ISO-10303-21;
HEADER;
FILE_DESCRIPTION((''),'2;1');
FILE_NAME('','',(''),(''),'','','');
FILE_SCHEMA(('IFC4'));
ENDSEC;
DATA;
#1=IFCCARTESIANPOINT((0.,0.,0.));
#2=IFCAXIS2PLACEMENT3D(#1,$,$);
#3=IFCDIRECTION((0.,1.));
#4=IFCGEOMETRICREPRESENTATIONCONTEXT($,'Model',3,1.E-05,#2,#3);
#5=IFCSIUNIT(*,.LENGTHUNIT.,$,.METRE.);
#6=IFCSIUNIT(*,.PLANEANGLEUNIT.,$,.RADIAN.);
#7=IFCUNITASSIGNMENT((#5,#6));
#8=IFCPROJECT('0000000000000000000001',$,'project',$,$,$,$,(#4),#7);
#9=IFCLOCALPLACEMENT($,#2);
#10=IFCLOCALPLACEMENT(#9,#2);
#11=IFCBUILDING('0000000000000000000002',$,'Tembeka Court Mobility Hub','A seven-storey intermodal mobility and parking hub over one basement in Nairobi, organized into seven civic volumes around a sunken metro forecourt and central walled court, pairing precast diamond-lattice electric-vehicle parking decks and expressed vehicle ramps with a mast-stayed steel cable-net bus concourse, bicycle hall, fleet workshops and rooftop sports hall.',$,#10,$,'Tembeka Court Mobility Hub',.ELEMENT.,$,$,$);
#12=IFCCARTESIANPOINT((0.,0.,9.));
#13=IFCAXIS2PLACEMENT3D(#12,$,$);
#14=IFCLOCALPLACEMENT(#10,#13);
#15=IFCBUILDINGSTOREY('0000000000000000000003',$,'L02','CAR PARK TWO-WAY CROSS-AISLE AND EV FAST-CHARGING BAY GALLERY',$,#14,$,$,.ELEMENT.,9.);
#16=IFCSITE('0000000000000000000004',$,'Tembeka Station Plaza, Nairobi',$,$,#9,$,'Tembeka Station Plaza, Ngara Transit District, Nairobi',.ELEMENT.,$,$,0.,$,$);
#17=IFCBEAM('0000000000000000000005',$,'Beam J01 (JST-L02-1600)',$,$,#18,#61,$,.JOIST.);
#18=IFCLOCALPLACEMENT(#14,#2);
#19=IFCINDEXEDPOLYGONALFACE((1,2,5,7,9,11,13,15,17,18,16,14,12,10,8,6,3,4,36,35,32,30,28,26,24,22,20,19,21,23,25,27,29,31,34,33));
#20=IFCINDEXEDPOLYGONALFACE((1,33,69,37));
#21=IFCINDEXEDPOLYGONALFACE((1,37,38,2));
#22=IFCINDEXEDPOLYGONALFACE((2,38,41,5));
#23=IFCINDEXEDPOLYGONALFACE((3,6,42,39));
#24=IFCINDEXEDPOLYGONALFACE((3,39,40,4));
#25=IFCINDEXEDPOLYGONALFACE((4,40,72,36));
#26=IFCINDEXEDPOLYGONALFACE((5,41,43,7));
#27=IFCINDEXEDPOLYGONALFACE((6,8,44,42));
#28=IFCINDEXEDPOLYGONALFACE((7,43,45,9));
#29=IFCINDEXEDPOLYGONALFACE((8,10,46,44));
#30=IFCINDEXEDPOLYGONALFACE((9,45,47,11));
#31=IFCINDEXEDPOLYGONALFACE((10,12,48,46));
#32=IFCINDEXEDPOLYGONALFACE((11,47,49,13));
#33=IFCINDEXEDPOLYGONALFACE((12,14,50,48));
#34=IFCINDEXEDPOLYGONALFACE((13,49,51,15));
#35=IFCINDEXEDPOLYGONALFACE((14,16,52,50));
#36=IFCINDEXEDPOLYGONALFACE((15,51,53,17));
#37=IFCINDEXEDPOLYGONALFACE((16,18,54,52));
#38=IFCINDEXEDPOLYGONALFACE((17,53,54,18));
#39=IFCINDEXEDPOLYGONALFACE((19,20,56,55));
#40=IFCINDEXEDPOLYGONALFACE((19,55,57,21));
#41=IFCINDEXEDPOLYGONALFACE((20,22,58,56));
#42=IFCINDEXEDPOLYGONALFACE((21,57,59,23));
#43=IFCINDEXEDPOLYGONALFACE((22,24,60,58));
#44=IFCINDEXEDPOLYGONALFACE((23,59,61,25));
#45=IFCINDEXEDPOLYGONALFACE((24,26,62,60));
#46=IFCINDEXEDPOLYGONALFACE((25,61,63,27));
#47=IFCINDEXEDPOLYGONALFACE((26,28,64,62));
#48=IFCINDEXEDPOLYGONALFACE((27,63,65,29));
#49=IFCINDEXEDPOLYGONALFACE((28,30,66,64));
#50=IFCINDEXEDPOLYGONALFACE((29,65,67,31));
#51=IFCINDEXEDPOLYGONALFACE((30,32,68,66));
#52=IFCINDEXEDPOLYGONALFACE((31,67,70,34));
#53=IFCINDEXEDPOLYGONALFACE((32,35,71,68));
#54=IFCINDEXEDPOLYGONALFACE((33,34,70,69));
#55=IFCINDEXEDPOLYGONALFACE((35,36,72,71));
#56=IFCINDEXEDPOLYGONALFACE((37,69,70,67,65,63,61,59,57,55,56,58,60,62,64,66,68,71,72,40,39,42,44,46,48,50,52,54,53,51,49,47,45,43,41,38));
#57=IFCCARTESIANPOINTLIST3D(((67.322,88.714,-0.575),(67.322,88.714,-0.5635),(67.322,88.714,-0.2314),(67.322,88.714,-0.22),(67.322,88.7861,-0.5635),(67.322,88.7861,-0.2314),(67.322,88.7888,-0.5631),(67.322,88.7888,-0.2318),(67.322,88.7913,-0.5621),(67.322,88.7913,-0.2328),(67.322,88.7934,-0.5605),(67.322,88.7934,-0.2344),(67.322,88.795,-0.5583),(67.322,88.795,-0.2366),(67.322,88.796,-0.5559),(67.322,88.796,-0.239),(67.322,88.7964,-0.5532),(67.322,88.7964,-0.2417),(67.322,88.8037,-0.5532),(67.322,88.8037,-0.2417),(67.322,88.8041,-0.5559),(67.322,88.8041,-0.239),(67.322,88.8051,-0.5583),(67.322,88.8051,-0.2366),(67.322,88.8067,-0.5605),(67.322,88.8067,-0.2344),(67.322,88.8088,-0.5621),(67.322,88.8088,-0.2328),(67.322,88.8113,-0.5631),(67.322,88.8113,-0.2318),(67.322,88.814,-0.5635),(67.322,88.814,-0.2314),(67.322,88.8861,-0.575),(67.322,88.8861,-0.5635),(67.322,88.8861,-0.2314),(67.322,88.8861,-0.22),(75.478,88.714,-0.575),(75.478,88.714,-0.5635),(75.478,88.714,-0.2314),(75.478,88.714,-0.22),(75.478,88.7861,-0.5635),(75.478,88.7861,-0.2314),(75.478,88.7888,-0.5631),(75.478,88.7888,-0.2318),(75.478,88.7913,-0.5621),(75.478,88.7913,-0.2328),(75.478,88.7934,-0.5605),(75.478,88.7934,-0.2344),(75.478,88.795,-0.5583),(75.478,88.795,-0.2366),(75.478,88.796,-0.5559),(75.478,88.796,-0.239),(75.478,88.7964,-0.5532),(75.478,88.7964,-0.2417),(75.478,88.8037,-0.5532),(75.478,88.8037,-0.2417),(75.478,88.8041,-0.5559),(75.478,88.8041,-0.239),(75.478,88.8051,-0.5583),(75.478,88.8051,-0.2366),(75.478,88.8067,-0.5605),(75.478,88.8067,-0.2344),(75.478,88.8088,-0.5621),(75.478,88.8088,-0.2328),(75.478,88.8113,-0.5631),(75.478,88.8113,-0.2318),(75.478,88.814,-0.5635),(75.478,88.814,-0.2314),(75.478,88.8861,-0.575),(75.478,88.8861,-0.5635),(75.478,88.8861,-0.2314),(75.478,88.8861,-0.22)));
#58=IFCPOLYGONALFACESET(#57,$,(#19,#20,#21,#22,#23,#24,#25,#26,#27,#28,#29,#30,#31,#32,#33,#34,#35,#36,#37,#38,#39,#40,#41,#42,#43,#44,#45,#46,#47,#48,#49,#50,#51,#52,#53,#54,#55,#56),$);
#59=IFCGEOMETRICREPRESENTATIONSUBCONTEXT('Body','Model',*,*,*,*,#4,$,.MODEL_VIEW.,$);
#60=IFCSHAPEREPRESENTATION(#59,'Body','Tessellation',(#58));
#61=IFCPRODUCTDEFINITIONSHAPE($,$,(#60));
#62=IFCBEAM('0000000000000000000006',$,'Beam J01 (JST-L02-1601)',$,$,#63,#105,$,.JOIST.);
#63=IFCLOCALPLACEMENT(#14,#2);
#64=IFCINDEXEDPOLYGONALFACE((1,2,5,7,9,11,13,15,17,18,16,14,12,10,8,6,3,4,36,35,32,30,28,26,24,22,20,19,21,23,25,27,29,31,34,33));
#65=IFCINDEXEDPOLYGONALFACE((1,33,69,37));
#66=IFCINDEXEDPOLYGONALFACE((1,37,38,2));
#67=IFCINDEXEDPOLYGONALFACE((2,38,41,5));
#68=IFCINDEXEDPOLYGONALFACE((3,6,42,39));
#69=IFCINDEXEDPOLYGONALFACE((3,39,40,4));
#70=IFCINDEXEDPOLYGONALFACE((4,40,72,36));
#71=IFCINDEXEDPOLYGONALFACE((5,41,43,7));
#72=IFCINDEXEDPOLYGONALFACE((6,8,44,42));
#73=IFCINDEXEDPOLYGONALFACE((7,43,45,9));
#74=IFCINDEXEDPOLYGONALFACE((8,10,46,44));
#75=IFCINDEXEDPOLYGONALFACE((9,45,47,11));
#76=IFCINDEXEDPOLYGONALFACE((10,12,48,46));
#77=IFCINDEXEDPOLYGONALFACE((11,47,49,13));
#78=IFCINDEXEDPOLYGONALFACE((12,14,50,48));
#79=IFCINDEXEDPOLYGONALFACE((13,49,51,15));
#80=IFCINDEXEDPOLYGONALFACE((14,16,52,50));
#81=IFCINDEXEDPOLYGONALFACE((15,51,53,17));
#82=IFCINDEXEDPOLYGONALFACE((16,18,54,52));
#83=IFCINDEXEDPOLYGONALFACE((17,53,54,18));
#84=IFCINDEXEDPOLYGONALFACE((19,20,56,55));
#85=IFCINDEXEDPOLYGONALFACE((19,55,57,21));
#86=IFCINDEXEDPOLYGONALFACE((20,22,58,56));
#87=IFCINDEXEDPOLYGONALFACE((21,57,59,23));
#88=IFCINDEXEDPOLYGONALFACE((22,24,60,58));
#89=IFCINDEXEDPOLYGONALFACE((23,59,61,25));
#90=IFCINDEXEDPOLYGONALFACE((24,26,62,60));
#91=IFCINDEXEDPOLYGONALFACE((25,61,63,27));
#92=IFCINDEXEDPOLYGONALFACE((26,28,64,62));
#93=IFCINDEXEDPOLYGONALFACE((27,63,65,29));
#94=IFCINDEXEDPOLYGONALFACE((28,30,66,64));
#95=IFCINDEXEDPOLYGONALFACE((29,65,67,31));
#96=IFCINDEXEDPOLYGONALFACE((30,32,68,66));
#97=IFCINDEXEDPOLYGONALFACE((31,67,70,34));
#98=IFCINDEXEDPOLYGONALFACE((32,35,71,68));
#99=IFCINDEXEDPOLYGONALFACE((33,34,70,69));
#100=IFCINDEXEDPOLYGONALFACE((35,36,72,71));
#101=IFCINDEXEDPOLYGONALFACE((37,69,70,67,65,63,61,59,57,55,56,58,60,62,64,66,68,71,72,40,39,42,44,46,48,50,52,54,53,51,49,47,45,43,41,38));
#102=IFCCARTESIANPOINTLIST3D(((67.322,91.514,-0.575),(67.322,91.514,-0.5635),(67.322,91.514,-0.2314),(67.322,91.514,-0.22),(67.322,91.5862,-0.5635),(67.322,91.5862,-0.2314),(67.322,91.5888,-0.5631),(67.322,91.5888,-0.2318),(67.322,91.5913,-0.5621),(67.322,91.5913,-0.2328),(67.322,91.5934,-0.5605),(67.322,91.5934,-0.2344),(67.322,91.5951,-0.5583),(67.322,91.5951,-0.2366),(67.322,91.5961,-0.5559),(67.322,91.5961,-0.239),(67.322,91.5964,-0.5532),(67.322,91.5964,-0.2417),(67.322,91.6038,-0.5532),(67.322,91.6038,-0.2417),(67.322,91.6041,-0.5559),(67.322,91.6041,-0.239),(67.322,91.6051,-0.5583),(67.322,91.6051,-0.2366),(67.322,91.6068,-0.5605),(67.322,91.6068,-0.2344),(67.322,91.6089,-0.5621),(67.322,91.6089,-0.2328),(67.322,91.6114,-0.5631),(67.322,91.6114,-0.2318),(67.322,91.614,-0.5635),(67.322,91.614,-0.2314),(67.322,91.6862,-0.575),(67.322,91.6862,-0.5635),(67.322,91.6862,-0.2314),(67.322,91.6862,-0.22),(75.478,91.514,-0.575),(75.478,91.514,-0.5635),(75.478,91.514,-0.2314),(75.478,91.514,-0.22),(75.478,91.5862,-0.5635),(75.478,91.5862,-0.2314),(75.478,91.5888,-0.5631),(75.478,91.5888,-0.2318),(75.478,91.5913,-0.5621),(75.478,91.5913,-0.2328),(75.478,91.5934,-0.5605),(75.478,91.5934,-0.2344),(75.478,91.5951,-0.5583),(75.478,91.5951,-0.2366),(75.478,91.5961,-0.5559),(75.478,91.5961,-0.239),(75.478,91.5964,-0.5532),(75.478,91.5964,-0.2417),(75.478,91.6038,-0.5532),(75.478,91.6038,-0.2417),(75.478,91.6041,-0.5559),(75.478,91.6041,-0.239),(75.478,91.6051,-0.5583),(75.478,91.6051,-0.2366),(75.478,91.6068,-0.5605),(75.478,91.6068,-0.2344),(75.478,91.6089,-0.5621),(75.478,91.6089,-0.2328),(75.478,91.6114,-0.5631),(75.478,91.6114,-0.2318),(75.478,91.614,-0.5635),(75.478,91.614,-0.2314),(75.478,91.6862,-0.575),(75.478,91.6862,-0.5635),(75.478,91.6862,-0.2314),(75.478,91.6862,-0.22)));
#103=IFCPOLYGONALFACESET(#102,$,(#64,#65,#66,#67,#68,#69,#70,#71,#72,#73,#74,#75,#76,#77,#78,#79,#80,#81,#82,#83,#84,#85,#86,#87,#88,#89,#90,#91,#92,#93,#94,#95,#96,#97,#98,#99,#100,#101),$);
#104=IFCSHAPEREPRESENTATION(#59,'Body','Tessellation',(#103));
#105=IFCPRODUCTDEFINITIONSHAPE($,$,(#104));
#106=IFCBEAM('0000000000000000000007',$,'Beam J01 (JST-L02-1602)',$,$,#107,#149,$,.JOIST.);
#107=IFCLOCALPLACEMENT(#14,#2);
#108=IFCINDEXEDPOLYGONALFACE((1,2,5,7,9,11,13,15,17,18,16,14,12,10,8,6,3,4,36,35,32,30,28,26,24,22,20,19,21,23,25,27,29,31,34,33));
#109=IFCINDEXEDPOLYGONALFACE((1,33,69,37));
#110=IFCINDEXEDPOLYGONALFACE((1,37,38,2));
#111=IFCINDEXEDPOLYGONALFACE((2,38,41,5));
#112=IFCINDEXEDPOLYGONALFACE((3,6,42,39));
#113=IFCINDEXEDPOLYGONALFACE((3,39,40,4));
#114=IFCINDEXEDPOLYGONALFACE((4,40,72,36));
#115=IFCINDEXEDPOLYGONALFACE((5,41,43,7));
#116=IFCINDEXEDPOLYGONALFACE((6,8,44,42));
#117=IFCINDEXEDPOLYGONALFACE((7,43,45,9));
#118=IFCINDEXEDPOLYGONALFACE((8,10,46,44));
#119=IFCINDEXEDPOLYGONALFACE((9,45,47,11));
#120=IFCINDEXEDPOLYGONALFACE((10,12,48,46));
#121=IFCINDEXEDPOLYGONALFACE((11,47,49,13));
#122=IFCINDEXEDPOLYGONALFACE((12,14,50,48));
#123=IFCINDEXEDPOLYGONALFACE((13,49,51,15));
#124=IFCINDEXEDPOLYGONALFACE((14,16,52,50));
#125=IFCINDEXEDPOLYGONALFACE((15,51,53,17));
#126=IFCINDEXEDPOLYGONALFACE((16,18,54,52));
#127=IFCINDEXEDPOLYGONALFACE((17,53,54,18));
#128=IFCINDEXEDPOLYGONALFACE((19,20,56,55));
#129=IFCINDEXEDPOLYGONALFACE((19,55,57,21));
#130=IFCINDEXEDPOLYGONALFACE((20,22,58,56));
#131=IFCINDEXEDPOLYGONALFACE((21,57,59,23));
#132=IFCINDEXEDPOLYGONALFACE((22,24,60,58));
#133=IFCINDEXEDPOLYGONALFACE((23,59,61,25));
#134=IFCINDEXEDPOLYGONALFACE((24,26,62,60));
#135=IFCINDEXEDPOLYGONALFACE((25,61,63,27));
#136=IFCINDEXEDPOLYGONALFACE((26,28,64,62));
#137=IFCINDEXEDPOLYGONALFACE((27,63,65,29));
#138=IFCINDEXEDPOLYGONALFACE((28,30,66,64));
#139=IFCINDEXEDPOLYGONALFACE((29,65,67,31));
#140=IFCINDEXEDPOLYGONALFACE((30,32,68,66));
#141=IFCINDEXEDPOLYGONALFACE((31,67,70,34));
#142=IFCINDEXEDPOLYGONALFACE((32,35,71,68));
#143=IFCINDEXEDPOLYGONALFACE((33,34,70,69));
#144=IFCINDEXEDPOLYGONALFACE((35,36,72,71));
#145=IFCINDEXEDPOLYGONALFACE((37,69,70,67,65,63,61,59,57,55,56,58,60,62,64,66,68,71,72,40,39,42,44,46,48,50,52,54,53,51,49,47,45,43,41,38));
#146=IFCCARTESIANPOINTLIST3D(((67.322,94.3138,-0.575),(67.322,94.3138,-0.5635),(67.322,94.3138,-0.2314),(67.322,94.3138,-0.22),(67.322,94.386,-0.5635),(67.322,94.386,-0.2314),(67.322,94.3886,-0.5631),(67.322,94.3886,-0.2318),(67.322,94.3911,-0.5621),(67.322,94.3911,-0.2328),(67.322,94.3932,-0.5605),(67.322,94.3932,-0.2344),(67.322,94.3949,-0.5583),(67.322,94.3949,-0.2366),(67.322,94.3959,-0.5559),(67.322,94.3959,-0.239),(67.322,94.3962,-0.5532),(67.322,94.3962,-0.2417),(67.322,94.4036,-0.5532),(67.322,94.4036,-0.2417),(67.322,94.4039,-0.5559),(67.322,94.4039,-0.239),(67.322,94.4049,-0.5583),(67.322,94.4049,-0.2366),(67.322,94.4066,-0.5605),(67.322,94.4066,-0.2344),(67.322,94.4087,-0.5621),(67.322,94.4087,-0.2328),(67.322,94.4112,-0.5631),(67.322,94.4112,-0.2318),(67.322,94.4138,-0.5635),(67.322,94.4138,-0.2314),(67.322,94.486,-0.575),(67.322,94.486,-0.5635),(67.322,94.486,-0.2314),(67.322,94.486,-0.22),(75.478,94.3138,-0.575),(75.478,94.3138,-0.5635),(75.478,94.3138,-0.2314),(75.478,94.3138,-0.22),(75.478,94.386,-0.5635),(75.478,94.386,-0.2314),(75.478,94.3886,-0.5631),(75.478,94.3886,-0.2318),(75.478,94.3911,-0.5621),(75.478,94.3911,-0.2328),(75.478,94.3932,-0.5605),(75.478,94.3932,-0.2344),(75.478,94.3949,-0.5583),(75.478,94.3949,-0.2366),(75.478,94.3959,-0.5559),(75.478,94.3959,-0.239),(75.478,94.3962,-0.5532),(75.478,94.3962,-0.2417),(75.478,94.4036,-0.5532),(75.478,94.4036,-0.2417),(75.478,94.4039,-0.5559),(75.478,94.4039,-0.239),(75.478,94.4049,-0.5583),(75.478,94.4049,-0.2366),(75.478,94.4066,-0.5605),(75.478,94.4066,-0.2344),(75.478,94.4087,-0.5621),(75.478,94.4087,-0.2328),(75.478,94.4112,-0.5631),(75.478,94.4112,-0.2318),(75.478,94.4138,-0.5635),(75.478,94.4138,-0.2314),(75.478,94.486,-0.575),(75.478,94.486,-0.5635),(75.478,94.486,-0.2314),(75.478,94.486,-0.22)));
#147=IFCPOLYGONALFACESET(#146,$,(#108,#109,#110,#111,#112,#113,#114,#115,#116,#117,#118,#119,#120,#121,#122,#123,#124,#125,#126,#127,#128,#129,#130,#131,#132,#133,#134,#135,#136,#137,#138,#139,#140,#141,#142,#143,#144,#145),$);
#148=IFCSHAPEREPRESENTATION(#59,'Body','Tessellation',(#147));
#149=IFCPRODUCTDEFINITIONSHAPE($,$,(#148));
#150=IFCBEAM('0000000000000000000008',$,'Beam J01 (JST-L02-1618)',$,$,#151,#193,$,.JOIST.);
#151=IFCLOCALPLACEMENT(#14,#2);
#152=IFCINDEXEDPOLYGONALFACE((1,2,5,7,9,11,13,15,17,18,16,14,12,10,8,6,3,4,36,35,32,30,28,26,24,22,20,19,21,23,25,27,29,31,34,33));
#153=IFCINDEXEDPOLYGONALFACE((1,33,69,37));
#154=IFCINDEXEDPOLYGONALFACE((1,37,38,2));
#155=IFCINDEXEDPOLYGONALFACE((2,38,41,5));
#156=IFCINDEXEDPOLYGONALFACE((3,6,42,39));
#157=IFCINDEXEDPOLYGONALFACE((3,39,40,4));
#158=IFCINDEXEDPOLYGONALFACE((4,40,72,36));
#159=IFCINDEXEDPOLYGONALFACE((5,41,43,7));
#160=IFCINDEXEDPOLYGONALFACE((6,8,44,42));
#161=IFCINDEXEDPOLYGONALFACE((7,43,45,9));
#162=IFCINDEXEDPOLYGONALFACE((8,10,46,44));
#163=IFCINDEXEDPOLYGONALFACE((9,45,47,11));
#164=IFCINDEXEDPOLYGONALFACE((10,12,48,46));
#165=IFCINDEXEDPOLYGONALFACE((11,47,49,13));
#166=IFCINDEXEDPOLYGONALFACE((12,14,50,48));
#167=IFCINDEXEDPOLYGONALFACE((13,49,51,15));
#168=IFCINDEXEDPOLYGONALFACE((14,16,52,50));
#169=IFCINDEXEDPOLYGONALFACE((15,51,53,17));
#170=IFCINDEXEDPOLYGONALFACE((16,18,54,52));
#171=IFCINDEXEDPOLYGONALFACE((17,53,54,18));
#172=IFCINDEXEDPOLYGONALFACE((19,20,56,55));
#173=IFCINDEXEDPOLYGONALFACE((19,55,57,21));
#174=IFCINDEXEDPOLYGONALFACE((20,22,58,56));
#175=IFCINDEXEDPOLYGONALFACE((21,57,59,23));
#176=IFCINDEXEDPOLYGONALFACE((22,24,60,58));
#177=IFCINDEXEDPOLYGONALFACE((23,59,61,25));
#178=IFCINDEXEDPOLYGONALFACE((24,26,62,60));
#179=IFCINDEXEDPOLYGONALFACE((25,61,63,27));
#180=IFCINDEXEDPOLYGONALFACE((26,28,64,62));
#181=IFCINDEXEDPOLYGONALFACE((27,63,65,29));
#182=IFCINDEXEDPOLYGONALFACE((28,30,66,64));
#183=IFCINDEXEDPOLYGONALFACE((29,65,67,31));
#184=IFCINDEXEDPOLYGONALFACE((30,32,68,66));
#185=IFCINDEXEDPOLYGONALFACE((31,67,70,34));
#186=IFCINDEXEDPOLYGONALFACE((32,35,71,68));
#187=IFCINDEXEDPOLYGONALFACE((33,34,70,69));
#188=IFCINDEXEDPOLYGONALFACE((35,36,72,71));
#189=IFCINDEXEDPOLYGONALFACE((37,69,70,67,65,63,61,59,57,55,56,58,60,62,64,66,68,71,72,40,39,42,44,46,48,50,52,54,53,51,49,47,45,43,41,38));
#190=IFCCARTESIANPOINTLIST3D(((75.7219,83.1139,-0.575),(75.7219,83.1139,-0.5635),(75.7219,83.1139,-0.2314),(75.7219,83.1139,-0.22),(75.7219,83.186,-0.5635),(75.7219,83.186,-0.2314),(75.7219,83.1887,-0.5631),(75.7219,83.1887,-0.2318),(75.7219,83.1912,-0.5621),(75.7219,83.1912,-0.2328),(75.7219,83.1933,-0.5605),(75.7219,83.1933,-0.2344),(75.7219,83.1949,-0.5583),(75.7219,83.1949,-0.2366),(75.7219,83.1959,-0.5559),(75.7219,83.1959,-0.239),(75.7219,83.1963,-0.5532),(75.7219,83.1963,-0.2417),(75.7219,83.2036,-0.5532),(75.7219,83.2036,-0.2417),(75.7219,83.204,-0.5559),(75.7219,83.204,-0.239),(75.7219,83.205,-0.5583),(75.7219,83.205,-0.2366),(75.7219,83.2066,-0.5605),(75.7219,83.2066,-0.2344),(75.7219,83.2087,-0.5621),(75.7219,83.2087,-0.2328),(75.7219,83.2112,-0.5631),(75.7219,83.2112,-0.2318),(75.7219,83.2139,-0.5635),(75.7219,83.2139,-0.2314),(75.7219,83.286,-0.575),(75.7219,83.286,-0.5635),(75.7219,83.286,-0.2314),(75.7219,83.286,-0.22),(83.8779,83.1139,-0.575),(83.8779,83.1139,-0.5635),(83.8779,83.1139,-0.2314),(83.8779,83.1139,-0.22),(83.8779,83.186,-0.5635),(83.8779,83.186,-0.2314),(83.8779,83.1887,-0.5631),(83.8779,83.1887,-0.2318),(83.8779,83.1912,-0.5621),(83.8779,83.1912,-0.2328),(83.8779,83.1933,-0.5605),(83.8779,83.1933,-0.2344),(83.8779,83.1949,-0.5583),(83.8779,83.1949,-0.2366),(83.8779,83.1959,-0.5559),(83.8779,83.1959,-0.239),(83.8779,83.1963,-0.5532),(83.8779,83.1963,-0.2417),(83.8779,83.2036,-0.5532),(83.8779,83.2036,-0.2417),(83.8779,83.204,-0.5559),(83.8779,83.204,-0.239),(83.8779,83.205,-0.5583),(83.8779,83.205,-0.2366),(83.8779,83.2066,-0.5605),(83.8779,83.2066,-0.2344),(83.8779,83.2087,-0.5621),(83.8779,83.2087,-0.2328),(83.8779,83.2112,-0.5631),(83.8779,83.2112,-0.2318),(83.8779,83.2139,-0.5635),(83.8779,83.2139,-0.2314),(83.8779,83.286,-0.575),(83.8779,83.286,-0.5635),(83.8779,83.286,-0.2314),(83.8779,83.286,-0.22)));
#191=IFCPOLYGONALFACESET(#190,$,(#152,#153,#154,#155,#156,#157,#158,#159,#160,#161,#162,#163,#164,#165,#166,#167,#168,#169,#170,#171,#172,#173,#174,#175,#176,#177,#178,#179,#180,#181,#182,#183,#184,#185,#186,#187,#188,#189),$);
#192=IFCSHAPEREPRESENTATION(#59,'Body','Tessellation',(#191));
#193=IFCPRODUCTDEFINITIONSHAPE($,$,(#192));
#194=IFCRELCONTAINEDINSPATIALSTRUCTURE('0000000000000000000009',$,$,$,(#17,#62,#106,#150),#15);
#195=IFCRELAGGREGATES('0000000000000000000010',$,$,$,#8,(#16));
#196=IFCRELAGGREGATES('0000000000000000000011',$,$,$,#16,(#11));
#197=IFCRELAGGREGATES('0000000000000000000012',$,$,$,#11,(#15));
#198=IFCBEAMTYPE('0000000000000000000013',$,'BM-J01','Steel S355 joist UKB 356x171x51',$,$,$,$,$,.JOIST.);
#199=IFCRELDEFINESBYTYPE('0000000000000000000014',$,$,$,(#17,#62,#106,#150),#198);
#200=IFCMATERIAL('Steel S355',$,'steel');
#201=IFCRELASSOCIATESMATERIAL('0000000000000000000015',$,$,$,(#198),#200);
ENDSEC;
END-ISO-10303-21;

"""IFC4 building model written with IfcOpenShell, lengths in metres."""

from ifc_helpers import new_model, si_unit, direction, frame, origin, origin_2d, place, context, subcontext, project, spatial, i_section, extrude, material, material_profile, profile_set, type_object, element, save


model = new_model("IFC4")

# Units and contexts
model_context = context("Model", 3, precision=1e-05, world=origin(), true_north=direction((0.0, 1.0)))
body_context = subcontext(model_context, "Body", "Model", "MODEL_VIEW")
ifc_project = project(units=[si_unit("LENGTHUNIT", "METRE"), si_unit("PLANEANGLEUNIT", "RADIAN")], contexts=[model_context])

# Site, building, storey
site_placement = place(None, origin())
site = spatial("IfcSite", under=ifc_project, at=site_placement, Name="Tembeka Station Plaza, Nairobi", LongName="Tembeka Station Plaza, Ngara Transit District, Nairobi", CompositionType="ELEMENT", RefElevation=0.0)
building_placement = place(site_placement, origin())
building = spatial("IfcBuilding", under=site, at=building_placement, Name="Tembeka Court Mobility Hub", Description="A seven-storey intermodal mobility and parking hub over one basement in Nairobi, organized into seven civic volumes around a sunken metro forecourt and central walled court, pairing precast diamond-lattice electric-vehicle parking decks and expressed vehicle ramps with a mast-stayed steel cable-net bus concourse, bicycle hall, fleet workshops and rooftop sports hall.", LongName="Tembeka Court Mobility Hub", CompositionType="ELEMENT")
storey_placement = place(building_placement, frame((0.0, 0.0, 9.0)))
storey = spatial("IfcBuildingStorey", under=building, at=storey_placement, Name="L02", Description="CAR PARK TWO-WAY CROSS-AISLE AND EV FAST-CHARGING BAY GALLERY", CompositionType="ELEMENT", Elevation=9.0)

# Shared definitions
ifc_material = material(Name="Steel S355", Category="steel")

# Beams
ifc_material_profile_1 = material_profile(ifc_material, i_section(OverallWidth=0.1721, OverallDepth=0.355, WebThickness=0.0073, FlangeThickness=0.0115, FilletRadius=0.0103, at=origin_2d()), Name="UKB 356x171x51")
ifc_profile_set_1 = profile_set([ifc_material_profile_1], Name="Steel S355")
beam_type_1 = type_object("IfcBeamType", Name="BM-J01", Description="Steel S355 joist UKB 356x171x51", PredefinedType="JOIST", material=ifc_profile_set_1)
for number, where, z_axis, x_axis, name in (
    (1, (67.322, 88.8, -0.3975), (1.0, 0.0, 0.0), (0.0, 1.0, 0.0), "Beam J01 (JST-L02-1600)"),
    (2, (67.322, 91.6001, -0.3975), (1.0, 0.0, 0.0), (0.0, 1.0, 0.0), "Beam J01 (JST-L02-1601)"),
    (3, (67.322, 94.3999, -0.3975), (1.0, 0.0, 0.0), (0.0, 1.0, 0.0), "Beam J01 (JST-L02-1602)"),
    (4, (75.7219, 83.2, -0.3975), (1.0, 0.0, 0.0), (0.0, 1.0, 0.0), "Beam J01 (JST-L02-1618)"),
):
    element("IfcBeam", number, at=place(storey_placement, frame(where, z_axis=z_axis, x_axis=x_axis)), inside=storey, type_object=beam_type_1, Name=name, PredefinedType="JOIST", context=body_context, shape_type="SweptSolid", body=[
        extrude(i_section(OverallWidth=0.1721, OverallDepth=0.355, WebThickness=0.0073, FlangeThickness=0.0115, FilletRadius=0.0103, at=origin_2d()), origin(), (0.0, 0.0, 1.0), 8.156),
    ])

save(model, "model.ifc")
